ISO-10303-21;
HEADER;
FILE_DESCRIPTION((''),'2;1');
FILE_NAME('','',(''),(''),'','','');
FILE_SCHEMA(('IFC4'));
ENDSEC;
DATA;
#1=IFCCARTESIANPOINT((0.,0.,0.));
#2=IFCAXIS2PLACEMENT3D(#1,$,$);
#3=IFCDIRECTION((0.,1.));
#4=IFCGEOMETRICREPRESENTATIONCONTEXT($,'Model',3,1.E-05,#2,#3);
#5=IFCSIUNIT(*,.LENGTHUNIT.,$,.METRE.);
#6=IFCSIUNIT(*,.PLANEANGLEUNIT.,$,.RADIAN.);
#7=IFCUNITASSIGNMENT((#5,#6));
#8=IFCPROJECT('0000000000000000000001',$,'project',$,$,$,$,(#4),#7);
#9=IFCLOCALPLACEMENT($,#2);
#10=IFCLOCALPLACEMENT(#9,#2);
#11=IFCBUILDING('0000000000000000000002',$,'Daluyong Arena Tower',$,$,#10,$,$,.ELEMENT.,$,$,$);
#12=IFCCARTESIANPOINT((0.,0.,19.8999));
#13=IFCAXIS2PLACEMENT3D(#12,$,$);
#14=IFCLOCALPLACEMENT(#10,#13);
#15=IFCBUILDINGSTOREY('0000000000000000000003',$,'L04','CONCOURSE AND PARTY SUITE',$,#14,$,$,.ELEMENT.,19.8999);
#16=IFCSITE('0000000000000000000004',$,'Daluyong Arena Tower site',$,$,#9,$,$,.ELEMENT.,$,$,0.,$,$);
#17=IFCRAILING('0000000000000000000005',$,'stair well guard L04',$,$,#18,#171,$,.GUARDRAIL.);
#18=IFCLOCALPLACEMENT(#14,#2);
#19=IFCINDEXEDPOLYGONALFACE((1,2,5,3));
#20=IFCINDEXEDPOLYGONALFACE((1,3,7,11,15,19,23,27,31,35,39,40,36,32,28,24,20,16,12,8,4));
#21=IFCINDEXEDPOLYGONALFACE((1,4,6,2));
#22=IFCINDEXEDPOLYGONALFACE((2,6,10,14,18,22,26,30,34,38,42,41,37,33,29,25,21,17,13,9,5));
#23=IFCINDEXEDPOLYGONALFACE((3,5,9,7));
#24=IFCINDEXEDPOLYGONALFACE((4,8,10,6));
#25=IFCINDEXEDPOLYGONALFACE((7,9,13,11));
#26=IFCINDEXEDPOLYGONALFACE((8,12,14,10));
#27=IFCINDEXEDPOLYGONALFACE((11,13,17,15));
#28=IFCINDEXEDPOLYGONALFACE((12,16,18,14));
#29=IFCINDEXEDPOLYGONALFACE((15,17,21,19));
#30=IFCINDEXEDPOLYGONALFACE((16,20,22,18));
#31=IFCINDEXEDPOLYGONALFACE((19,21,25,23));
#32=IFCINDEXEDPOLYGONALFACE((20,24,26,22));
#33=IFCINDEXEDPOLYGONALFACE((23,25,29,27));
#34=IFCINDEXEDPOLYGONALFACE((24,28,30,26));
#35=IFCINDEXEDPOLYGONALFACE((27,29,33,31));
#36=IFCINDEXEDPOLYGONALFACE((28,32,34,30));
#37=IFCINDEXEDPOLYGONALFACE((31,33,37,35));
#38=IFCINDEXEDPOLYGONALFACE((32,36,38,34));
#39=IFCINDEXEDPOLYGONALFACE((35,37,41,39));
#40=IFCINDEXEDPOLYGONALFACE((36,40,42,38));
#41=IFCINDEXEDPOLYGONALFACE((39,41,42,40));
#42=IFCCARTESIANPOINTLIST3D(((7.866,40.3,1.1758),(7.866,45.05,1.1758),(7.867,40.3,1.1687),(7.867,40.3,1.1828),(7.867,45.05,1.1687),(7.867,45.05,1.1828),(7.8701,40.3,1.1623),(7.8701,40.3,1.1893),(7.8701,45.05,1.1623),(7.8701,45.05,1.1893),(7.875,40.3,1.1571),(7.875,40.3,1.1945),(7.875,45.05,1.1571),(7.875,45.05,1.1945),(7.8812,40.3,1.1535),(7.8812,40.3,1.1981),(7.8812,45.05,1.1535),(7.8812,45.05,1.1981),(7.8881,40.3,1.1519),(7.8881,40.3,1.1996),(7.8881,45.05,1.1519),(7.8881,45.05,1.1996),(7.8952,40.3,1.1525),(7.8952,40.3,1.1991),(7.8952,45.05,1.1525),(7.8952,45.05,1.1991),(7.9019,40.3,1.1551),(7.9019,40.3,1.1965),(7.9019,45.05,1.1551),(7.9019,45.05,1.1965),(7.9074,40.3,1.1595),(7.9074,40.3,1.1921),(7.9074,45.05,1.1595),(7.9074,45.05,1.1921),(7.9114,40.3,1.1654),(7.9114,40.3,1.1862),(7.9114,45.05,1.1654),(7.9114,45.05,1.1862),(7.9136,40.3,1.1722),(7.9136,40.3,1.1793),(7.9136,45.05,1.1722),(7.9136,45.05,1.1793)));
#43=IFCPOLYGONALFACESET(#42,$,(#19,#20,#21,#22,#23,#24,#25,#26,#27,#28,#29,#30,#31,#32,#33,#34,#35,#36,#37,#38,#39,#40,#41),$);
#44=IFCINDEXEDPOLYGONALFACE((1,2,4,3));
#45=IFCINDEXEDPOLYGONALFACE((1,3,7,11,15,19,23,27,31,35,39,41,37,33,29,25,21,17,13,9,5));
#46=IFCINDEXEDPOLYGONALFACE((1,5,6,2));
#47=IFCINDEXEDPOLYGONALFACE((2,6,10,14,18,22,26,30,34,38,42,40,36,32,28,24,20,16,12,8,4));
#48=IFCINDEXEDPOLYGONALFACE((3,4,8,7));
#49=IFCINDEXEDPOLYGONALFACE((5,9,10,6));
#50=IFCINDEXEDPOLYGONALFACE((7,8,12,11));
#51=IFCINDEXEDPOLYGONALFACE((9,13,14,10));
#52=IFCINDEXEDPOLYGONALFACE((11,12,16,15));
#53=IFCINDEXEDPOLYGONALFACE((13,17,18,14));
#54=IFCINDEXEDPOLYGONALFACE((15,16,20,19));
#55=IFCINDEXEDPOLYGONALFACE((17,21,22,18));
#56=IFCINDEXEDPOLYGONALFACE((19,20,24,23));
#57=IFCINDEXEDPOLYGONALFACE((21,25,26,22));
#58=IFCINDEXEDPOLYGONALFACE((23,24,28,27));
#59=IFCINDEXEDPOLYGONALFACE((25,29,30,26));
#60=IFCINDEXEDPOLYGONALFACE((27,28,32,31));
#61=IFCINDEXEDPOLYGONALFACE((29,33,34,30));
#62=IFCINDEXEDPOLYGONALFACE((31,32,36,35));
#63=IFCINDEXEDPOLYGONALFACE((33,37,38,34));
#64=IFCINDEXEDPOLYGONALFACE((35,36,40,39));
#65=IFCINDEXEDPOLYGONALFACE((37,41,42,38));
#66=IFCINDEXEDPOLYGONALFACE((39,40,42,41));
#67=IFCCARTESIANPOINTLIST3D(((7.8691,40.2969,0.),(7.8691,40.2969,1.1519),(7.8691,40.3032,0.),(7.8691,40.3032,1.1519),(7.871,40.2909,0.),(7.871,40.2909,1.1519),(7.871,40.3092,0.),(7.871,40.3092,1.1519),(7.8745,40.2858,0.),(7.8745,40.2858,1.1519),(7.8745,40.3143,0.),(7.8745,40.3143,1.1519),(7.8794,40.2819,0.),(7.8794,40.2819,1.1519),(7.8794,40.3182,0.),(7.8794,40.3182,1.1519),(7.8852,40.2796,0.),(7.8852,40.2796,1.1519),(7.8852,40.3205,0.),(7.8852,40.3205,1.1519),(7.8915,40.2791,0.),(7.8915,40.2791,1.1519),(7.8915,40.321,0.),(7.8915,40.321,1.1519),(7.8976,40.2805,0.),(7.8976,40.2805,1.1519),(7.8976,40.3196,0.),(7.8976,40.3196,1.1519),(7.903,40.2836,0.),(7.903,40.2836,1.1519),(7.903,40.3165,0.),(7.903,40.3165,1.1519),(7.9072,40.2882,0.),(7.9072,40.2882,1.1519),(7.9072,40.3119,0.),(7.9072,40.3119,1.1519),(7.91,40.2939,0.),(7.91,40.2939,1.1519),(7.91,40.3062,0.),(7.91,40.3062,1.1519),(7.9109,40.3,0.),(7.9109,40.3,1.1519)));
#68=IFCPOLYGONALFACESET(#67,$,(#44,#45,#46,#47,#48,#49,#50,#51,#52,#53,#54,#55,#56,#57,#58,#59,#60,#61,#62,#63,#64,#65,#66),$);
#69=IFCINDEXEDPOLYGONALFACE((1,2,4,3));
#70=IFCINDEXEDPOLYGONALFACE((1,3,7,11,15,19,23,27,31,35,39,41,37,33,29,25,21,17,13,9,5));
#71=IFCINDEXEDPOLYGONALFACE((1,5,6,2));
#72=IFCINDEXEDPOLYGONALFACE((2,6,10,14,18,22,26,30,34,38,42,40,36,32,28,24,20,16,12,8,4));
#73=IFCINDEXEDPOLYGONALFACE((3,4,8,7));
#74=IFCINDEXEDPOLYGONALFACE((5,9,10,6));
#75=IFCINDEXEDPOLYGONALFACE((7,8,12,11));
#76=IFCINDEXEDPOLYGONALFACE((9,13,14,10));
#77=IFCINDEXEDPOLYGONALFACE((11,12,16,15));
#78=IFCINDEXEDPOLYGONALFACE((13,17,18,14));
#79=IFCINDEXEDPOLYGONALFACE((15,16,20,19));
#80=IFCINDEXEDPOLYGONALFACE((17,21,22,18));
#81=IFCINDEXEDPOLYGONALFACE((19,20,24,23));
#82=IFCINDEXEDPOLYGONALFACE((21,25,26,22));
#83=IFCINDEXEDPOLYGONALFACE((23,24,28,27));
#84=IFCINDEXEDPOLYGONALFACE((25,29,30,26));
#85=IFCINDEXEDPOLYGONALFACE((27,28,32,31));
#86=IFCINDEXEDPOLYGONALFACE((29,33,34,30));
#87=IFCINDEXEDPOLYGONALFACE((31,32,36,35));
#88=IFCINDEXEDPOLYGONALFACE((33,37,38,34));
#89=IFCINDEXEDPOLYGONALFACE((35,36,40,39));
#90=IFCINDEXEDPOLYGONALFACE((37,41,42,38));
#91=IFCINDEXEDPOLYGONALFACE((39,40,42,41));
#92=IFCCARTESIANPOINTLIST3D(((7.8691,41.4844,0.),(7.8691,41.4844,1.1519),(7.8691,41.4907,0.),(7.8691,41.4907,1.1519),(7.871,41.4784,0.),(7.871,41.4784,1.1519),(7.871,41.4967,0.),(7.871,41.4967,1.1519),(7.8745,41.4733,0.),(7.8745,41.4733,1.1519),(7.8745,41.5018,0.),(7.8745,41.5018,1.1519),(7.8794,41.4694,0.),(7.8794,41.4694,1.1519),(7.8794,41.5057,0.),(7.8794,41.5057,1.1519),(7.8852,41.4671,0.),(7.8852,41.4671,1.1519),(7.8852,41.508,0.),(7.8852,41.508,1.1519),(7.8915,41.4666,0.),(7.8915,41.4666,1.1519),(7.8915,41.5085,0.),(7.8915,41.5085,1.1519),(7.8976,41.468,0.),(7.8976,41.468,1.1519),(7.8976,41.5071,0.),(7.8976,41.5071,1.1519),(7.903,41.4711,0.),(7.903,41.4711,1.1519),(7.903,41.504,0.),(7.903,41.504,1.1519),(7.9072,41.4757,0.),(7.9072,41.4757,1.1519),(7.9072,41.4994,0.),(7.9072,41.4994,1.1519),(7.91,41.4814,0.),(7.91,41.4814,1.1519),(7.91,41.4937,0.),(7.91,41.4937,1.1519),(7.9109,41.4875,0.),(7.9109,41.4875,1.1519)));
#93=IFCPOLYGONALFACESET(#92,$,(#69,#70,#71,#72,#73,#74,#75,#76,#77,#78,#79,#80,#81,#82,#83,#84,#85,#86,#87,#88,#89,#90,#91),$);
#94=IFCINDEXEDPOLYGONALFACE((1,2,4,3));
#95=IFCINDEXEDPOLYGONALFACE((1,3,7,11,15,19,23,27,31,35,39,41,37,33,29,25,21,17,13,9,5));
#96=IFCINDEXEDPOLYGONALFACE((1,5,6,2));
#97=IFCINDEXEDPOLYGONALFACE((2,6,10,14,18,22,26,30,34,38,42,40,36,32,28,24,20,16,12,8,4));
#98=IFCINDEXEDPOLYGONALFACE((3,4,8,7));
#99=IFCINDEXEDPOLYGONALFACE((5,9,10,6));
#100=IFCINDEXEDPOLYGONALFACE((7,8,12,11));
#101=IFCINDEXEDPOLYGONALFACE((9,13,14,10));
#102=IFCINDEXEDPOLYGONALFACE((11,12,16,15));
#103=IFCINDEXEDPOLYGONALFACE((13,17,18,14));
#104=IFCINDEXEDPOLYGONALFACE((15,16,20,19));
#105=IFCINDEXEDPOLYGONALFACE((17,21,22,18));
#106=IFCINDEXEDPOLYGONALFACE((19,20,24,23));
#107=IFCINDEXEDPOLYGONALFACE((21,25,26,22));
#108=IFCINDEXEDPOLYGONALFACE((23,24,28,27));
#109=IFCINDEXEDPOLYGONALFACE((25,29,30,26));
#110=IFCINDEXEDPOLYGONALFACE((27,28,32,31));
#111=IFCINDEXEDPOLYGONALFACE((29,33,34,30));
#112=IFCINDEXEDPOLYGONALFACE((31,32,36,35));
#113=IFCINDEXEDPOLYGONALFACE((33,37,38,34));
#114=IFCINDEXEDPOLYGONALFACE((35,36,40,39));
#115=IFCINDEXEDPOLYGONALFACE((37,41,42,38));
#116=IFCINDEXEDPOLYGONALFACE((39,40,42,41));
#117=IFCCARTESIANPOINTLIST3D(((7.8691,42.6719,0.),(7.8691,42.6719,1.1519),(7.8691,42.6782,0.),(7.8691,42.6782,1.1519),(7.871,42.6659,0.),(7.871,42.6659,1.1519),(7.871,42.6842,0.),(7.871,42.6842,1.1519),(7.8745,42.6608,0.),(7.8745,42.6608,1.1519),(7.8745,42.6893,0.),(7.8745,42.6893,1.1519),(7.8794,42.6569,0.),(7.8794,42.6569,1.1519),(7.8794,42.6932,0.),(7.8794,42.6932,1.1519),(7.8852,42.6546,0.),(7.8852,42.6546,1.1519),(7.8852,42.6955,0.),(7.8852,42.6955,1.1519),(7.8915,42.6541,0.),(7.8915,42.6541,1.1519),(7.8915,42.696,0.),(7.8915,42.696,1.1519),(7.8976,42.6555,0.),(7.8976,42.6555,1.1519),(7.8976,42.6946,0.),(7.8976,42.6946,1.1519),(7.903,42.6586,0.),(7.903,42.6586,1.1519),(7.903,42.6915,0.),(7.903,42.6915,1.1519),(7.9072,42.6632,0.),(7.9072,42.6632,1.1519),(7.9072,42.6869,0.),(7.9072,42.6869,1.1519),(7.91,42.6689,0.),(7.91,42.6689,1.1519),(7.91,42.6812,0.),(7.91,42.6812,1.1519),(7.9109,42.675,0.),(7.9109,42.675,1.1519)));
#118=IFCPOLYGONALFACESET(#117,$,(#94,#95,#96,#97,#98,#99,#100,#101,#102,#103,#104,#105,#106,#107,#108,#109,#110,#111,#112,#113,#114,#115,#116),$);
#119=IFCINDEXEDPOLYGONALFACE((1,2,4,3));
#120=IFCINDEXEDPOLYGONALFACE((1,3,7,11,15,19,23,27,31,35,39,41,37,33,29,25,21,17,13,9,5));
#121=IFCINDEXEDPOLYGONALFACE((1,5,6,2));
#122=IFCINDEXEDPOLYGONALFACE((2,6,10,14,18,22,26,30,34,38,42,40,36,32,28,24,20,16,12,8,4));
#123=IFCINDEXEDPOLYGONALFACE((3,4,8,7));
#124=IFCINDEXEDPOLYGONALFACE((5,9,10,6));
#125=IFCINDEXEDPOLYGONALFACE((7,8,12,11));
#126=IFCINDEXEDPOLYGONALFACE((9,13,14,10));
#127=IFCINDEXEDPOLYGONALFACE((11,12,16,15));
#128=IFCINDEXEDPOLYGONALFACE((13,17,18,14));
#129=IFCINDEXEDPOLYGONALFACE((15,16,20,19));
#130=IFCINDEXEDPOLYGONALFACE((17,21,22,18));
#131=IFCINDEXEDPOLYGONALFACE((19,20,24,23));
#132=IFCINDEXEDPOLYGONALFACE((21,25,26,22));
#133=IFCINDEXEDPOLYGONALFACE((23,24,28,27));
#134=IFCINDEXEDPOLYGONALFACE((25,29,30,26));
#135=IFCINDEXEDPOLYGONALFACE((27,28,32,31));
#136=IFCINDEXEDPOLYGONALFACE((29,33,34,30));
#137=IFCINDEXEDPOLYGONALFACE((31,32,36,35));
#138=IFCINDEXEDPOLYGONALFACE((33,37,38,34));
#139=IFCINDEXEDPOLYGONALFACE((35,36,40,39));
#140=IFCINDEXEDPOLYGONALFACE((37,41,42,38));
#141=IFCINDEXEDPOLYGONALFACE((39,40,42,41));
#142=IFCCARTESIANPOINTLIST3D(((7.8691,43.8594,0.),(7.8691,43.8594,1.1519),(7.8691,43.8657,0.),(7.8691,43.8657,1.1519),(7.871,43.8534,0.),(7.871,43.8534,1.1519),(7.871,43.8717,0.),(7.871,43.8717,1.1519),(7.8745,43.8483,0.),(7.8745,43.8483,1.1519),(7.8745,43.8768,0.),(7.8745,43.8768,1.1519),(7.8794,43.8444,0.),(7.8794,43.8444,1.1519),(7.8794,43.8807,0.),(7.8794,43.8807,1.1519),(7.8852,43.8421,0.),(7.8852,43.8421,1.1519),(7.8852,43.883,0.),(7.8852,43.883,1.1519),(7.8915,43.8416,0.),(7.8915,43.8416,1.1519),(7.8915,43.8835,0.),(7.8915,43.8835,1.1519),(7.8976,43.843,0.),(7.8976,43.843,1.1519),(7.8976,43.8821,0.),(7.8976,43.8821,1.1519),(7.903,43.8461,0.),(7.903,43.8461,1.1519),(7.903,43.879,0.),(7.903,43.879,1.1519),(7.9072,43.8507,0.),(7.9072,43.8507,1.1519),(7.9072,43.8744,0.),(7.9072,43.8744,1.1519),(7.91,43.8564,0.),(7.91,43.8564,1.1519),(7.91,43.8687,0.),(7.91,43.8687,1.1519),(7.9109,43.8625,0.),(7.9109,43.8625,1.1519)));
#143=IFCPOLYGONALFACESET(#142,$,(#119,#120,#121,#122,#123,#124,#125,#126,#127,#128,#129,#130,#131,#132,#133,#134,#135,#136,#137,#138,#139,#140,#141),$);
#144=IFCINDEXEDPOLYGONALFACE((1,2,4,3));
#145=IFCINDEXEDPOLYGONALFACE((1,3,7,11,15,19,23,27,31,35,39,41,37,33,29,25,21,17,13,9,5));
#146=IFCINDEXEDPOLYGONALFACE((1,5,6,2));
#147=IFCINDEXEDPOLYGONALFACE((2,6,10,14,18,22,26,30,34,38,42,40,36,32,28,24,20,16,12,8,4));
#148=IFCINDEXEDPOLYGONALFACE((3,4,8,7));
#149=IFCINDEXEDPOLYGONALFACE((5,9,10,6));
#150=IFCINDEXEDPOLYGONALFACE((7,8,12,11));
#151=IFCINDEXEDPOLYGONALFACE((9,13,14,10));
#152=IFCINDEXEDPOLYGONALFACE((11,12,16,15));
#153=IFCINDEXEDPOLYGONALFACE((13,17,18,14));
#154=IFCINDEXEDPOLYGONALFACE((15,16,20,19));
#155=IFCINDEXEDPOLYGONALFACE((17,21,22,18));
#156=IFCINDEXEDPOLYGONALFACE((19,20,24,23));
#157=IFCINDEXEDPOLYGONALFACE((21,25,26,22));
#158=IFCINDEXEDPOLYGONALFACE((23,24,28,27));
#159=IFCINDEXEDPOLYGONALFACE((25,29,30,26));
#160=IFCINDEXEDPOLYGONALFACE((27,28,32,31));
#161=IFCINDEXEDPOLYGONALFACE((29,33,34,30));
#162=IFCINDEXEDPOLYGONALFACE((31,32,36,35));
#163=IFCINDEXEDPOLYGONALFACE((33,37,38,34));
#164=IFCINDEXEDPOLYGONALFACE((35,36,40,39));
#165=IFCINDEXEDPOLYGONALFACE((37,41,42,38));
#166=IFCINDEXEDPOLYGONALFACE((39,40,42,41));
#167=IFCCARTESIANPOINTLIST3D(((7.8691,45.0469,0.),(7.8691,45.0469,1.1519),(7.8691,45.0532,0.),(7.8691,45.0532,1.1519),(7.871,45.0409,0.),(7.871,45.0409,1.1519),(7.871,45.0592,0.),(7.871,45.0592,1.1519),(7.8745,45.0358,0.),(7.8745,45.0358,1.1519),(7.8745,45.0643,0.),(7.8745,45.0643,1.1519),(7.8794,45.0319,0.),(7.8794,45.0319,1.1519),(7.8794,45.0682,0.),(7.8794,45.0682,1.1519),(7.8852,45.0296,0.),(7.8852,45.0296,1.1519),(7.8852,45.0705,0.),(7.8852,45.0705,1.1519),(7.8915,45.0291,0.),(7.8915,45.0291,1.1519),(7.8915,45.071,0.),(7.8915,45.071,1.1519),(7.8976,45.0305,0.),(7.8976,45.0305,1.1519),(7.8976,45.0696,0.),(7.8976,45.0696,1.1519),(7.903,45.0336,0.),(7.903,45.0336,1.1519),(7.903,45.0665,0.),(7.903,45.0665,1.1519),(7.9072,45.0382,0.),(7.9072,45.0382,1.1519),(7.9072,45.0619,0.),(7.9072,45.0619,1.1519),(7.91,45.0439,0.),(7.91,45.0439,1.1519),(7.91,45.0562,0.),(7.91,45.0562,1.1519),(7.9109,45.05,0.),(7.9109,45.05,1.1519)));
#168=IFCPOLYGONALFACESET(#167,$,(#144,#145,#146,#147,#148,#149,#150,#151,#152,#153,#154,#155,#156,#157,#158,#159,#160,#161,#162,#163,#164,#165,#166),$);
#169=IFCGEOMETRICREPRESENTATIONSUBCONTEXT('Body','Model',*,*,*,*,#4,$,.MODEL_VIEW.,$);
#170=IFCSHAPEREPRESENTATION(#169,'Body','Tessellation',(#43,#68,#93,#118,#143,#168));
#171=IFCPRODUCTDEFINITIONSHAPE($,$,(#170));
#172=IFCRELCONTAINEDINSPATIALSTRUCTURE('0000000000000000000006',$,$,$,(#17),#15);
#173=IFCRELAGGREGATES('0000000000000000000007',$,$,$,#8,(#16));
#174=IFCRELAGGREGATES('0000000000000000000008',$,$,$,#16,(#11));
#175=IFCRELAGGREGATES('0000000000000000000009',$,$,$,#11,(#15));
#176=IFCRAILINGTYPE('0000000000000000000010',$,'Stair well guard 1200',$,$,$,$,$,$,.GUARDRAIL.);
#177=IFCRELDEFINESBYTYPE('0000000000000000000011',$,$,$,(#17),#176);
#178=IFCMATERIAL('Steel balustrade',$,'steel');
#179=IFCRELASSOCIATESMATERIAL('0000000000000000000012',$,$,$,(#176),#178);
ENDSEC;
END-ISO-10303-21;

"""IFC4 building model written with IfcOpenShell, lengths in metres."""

from ifc_helpers import new_model, si_unit, direction, frame, origin, origin_2d, place, context, subcontext, project, spatial, circle, extrude, material, type_object, element, save


model = new_model("IFC4")

# Units and contexts
model_context = context("Model", 3, precision=1e-05, world=origin(), true_north=direction((0.0, 1.0)))
body_context = subcontext(model_context, "Body", "Model", "MODEL_VIEW")
ifc_project = project(units=[si_unit("LENGTHUNIT", "METRE"), si_unit("PLANEANGLEUNIT", "RADIAN")], contexts=[model_context])

# Site, building, storey
site_placement = place(None, origin())
site = spatial("IfcSite", under=ifc_project, at=site_placement, Name="Daluyong Arena Tower site", CompositionType="ELEMENT", RefElevation=0.0)
building_placement = place(site_placement, origin())
building = spatial("IfcBuilding", under=site, at=building_placement, Name="Daluyong Arena Tower", CompositionType="ELEMENT")
storey_placement = place(building_placement, frame((0.0, 0.0, 19.8999)))
storey = spatial("IfcBuildingStorey", under=building, at=storey_placement, Name="L04", Description="CONCOURSE AND PARTY SUITE", CompositionType="ELEMENT", Elevation=19.8999)

# Railing
ifc_material_1 = material(Name="Steel balustrade", Category="steel")
railing_type = type_object("IfcRailingType", Name="Stair well guard 1200", PredefinedType="GUARDRAIL", material=ifc_material_1)
for number, where, name in (
    (1, (7.8899, 40.3, 0.0), "stair well guard L04"),
):
    element("IfcRailing", number, at=place(storey_placement, frame(where)), inside=storey, type_object=railing_type, Name=name, PredefinedType="GUARDRAIL", context=body_context, shape_type="SweptSolid", body=[
        extrude(circle(Radius=0.0239, at=origin_2d()), frame((0.0, 0.0, 1.1758), z_axis=(0.0, 1.0, 0.0), x_axis=(-1.0, 0.0, 0.0)), (0.0, 0.0, 1.0), 4.75),
        extrude(circle(Radius=0.021, at=origin_2d()), origin(), (0.0, 0.0, 1.0), 1.1519),
        extrude(circle(Radius=0.021, at=origin_2d()), frame((0.0, 1.1875, 0.0)), (0.0, 0.0, 1.0), 1.1519),
        extrude(circle(Radius=0.021, at=origin_2d()), frame((0.0, 2.375, 0.0)), (0.0, 0.0, 1.0), 1.1519),
        extrude(circle(Radius=0.021, at=origin_2d()), frame((0.0, 3.5625, 0.0)), (0.0, 0.0, 1.0), 1.1519),
        extrude(circle(Radius=0.021, at=origin_2d()), frame((0.0, 4.75, 0.0)), (0.0, 0.0, 1.0), 1.1519),
    ])

save(model, "model.ifc")
